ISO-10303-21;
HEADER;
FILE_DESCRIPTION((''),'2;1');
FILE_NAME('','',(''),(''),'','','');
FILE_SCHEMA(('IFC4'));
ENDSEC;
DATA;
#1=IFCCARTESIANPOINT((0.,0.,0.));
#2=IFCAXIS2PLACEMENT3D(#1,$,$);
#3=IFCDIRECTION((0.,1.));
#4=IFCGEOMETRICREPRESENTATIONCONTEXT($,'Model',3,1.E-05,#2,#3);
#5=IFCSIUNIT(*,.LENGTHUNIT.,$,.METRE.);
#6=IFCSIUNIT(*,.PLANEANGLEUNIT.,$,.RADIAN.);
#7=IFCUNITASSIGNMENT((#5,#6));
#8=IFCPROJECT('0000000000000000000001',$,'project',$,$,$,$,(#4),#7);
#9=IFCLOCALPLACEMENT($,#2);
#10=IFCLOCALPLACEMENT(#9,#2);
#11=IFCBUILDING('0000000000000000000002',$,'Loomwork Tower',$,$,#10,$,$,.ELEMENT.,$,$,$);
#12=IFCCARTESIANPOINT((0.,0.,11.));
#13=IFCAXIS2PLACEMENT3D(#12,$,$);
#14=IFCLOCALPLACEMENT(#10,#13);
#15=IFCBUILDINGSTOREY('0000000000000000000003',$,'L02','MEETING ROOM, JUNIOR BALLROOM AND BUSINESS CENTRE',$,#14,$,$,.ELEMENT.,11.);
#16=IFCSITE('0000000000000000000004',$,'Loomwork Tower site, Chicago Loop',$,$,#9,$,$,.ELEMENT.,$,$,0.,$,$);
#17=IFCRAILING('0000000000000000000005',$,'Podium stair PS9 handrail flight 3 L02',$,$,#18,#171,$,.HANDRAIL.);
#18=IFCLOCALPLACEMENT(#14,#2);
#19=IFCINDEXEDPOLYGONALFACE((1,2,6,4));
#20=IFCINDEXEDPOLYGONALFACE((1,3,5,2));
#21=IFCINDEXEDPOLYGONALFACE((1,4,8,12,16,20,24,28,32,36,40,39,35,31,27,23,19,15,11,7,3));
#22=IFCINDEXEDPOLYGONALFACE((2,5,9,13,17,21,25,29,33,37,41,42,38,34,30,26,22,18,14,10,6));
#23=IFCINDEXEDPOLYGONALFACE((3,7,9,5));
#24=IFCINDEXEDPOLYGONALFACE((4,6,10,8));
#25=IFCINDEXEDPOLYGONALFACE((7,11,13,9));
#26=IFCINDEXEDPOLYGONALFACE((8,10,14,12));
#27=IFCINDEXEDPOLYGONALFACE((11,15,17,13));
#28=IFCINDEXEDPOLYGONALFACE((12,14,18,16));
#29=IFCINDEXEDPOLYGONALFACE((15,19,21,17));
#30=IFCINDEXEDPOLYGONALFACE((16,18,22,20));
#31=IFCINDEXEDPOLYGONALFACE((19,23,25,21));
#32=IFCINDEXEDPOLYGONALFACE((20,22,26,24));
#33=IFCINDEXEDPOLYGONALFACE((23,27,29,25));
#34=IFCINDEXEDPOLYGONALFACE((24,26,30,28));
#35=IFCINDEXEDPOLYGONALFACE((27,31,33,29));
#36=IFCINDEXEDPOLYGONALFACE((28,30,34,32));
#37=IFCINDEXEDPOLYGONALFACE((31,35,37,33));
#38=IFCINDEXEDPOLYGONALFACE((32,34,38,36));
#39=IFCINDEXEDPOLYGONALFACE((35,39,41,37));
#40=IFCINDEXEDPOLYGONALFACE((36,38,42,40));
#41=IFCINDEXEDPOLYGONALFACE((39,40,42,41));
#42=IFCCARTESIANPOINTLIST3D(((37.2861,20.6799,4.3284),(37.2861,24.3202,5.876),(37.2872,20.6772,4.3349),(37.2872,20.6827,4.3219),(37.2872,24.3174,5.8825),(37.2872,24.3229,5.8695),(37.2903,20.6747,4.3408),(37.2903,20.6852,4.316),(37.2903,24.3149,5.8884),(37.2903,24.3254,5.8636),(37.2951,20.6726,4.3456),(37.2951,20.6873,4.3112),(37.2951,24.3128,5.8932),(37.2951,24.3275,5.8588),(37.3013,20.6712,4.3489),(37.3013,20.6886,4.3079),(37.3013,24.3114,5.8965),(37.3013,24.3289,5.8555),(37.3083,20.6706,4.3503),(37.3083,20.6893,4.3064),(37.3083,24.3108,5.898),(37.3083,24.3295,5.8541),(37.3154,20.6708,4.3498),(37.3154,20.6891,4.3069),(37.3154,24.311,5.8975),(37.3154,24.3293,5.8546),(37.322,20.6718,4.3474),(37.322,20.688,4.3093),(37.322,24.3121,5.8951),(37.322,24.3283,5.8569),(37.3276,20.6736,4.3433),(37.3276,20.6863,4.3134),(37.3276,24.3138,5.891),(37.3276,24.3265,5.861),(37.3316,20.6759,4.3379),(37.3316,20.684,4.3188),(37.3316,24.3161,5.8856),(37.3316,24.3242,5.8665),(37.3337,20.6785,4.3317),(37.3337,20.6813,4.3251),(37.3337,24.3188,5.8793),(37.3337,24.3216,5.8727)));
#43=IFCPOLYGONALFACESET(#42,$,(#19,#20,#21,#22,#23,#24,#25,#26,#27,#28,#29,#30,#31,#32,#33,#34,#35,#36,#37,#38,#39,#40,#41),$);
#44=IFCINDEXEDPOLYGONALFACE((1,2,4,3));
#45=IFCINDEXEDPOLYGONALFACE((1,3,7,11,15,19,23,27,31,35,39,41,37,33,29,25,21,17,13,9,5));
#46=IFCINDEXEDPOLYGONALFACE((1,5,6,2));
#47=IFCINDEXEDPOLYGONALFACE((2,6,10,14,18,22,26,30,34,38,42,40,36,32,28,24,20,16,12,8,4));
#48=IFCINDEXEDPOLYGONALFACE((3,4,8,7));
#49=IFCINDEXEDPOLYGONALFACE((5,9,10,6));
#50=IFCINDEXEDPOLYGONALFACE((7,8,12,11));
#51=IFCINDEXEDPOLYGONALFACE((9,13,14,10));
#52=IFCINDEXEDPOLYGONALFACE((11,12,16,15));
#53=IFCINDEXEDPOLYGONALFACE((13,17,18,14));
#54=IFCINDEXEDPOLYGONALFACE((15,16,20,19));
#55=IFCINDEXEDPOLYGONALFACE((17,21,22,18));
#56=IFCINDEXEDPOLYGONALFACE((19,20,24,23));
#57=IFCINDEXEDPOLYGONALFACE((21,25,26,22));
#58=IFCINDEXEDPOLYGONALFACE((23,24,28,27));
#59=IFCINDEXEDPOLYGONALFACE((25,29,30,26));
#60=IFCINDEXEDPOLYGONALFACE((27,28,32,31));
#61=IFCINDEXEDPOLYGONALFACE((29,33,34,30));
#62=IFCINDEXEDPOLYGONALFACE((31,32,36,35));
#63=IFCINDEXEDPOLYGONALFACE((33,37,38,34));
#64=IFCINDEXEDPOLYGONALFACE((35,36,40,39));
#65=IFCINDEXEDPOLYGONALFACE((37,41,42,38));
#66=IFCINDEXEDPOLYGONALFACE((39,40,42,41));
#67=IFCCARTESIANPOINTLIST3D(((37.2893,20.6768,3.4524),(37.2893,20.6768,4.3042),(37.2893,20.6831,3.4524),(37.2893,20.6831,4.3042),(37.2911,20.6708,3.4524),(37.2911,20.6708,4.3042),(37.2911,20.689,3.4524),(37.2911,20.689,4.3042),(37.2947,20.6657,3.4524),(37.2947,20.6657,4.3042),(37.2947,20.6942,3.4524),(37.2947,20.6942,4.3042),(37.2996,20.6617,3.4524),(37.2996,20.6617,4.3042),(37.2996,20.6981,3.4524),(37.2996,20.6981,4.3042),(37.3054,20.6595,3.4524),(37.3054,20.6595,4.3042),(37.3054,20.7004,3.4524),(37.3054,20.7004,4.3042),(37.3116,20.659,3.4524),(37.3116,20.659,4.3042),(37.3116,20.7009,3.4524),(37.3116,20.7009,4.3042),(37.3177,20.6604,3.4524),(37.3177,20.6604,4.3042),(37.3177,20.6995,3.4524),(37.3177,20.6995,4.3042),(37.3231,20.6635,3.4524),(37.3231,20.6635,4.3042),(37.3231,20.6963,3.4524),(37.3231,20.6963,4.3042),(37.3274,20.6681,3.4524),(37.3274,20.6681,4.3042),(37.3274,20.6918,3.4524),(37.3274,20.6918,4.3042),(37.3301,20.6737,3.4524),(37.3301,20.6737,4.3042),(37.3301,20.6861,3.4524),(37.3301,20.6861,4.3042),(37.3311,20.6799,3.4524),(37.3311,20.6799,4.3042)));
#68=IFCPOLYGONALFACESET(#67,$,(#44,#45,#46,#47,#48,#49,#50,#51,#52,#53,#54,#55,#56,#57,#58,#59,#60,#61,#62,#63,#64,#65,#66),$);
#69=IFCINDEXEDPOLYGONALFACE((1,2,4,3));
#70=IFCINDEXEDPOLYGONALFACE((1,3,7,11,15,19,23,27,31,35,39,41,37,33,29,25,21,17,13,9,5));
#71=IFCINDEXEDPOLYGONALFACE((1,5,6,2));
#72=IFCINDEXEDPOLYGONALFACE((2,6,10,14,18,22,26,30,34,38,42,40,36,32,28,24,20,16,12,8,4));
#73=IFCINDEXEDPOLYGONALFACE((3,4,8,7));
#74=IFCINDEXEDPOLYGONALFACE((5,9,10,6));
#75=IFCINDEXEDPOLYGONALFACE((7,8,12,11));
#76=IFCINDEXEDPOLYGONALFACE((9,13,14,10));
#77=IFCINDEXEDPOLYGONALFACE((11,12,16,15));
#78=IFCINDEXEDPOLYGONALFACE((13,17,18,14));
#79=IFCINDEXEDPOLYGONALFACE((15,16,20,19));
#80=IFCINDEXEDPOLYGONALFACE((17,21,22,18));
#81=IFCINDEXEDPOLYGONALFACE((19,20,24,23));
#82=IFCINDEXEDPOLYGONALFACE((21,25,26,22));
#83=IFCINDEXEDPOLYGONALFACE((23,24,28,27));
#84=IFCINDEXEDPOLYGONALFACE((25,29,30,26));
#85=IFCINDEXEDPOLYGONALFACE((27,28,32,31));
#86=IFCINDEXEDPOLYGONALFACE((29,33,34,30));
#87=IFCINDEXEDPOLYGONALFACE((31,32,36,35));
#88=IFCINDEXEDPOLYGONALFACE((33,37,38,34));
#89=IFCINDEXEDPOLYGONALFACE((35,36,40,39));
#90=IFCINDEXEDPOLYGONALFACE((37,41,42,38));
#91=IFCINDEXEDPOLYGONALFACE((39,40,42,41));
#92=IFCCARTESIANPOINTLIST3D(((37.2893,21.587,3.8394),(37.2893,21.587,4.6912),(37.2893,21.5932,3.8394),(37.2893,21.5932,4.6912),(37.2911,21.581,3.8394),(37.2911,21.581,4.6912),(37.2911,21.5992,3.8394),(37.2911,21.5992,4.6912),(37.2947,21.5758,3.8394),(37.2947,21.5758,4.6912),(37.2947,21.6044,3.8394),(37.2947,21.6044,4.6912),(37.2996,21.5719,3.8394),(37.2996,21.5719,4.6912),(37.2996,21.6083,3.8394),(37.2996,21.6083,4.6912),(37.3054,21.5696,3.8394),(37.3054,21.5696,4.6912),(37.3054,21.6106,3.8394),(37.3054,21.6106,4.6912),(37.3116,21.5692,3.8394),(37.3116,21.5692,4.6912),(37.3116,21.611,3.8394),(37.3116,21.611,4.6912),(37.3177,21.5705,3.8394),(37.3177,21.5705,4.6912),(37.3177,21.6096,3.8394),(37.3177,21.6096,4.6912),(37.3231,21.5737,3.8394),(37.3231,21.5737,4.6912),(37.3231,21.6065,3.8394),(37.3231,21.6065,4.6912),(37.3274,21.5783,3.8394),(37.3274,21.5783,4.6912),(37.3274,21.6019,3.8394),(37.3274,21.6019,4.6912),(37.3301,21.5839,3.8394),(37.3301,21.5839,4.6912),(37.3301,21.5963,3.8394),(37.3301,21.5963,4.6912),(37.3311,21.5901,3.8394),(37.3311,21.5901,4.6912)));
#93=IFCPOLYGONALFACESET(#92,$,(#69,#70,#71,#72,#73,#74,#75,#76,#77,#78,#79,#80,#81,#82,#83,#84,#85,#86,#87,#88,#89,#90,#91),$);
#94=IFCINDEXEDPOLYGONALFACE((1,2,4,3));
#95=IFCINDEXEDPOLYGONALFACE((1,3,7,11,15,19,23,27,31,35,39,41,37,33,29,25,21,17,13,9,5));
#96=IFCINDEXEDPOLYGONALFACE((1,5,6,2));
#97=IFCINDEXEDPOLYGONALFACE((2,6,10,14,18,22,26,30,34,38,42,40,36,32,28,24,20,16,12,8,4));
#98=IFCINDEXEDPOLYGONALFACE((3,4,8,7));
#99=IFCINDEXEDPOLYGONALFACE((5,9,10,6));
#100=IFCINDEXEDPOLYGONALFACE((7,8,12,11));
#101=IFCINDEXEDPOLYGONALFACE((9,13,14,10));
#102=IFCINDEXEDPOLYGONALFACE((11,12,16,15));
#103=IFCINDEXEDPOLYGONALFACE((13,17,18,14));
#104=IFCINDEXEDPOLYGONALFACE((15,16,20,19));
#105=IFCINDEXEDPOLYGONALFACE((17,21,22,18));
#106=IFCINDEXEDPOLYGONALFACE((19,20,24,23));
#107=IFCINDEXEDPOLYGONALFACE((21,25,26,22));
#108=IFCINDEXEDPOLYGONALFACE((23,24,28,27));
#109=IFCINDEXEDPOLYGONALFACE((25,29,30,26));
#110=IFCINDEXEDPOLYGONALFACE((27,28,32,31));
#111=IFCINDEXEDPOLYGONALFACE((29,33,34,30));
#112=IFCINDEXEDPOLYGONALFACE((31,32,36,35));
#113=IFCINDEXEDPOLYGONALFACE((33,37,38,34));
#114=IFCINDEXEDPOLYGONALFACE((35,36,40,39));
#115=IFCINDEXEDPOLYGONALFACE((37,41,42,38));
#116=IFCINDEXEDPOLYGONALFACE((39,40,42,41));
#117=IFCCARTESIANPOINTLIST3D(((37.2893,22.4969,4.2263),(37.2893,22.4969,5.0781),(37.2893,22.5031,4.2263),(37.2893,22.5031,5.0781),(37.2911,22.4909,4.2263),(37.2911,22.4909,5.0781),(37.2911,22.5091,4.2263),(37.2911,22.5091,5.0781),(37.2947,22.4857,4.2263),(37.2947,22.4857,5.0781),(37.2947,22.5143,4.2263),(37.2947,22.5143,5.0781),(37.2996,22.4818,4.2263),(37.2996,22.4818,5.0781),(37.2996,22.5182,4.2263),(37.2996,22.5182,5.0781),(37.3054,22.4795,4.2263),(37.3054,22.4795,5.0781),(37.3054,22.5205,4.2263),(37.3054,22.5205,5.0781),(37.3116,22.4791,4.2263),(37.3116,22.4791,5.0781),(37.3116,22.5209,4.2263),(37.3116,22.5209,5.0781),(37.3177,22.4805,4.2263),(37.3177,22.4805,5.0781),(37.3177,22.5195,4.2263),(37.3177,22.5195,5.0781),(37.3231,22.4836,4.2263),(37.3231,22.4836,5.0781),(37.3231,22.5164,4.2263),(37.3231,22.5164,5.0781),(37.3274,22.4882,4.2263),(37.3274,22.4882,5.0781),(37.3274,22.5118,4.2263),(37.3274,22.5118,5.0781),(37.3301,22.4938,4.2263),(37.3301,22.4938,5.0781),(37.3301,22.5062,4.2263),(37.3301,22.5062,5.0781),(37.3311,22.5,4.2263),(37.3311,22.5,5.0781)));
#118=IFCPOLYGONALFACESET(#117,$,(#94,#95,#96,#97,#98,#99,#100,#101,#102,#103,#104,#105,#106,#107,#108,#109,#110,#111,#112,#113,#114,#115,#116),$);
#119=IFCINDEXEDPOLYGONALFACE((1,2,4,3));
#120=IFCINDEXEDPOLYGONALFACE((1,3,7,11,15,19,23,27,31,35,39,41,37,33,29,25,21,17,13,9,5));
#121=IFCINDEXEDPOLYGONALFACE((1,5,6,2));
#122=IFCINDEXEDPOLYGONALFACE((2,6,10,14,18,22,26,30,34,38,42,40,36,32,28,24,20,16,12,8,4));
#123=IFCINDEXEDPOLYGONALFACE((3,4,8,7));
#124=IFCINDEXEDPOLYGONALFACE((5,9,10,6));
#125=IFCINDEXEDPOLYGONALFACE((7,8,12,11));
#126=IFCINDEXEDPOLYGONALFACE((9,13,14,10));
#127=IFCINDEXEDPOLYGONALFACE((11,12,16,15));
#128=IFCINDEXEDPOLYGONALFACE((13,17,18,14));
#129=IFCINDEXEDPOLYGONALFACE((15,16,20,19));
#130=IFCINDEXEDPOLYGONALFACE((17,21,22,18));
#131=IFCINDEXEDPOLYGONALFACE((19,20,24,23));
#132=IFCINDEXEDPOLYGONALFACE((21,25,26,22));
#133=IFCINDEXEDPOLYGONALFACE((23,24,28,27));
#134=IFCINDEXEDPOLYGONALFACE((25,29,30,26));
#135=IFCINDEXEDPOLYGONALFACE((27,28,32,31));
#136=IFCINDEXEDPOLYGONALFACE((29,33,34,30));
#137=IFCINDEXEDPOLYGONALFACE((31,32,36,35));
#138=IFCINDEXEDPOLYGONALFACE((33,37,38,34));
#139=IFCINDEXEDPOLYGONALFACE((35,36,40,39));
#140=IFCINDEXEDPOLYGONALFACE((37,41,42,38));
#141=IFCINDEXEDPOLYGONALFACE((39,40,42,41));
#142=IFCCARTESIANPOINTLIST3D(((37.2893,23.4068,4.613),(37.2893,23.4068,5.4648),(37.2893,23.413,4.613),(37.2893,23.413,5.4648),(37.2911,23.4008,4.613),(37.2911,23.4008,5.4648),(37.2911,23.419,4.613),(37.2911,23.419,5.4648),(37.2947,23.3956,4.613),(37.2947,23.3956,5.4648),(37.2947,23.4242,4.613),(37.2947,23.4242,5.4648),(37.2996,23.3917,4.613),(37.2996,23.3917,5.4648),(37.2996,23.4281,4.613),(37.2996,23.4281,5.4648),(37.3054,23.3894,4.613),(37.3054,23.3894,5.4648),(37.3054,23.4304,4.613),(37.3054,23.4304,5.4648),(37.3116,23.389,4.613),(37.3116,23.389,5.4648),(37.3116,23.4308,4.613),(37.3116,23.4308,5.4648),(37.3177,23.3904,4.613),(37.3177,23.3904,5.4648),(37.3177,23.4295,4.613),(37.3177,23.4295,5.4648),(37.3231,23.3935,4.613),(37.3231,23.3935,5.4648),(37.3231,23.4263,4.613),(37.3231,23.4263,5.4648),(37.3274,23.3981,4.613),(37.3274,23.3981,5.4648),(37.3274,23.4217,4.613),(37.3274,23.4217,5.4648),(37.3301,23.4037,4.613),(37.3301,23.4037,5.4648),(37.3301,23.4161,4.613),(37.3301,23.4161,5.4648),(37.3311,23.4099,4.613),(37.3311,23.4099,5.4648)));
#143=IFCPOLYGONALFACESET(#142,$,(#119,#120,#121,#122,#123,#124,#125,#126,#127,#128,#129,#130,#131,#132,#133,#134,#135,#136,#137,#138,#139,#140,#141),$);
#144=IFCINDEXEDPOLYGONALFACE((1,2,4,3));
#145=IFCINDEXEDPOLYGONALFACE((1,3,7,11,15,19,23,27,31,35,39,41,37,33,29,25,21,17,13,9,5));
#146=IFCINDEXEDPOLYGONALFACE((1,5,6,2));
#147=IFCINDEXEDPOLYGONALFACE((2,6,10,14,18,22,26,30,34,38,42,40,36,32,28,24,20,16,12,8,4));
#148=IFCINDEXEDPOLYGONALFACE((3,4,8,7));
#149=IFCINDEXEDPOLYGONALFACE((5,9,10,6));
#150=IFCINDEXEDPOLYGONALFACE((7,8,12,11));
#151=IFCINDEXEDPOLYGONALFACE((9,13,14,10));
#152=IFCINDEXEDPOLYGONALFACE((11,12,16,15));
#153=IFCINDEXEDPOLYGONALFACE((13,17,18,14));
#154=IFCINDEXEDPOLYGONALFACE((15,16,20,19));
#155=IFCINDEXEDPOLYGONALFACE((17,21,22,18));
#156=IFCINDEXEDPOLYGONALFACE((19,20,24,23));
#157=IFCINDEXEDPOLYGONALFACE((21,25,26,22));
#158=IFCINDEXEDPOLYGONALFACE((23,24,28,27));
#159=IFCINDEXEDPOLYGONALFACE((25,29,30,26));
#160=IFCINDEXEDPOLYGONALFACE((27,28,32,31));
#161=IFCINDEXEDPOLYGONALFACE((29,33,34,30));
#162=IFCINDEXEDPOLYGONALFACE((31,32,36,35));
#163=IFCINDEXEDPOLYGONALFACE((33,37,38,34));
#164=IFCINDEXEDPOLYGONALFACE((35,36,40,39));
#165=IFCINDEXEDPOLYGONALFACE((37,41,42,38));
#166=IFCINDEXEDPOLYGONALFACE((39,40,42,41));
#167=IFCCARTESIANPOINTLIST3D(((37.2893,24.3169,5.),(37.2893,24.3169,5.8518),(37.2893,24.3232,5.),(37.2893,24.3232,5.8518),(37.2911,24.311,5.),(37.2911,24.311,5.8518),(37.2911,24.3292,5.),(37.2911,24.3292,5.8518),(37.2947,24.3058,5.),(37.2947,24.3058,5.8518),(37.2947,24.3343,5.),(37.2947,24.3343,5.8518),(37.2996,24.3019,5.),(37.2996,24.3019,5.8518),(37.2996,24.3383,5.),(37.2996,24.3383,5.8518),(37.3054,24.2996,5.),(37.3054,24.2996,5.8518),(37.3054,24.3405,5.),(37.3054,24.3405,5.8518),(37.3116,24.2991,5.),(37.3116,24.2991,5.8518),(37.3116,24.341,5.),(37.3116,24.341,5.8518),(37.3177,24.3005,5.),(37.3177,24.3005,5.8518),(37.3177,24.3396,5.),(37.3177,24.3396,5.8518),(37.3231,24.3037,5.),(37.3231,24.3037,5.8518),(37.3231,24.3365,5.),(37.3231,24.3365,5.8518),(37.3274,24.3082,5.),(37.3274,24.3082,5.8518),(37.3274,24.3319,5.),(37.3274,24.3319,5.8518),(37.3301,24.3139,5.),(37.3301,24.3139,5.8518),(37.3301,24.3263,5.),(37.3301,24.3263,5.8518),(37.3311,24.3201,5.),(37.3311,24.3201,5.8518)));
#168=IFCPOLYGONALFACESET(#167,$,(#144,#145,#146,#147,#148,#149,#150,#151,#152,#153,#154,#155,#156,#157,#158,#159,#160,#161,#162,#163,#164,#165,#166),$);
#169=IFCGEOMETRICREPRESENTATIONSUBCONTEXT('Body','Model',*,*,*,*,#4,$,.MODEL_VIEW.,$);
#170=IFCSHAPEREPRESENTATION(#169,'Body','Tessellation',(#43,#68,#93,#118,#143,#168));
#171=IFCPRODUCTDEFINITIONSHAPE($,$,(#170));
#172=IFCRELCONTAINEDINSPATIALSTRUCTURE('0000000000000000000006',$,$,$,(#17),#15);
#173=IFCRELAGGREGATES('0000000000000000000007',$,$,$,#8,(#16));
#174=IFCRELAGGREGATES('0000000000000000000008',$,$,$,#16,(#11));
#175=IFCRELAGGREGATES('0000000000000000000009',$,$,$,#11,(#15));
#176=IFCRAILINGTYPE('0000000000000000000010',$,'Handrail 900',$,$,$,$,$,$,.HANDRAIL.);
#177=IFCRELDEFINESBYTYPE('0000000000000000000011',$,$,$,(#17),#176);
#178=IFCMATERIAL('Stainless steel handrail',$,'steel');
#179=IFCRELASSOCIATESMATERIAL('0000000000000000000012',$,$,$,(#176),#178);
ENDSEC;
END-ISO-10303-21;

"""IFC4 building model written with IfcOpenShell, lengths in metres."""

from ifc_helpers import new_model, si_unit, direction, frame, origin, origin_2d, place, context, subcontext, project, spatial, circle, extrude, material, type_object, element, save


model = new_model("IFC4")

# Units and contexts
model_context = context("Model", 3, precision=1e-05, world=origin(), true_north=direction((0.0, 1.0)))
body_context = subcontext(model_context, "Body", "Model", "MODEL_VIEW")
ifc_project = project(units=[si_unit("LENGTHUNIT", "METRE"), si_unit("PLANEANGLEUNIT", "RADIAN")], contexts=[model_context])

# Site, building, storey
site_placement = place(None, origin())
site = spatial("IfcSite", under=ifc_project, at=site_placement, Name="Loomwork Tower site, Chicago Loop", CompositionType="ELEMENT", RefElevation=0.0)
building_placement = place(site_placement, origin())
building = spatial("IfcBuilding", under=site, at=building_placement, Name="Loomwork Tower", CompositionType="ELEMENT")
storey_placement = place(building_placement, frame((0.0, 0.0, 11.0)))
storey = spatial("IfcBuildingStorey", under=building, at=storey_placement, Name="L02", Description="MEETING ROOM, JUNIOR BALLROOM AND BUSINESS CENTRE", CompositionType="ELEMENT", Elevation=11.0)

# Railing
ifc_material_1 = material(Name="Stainless steel handrail", Category="steel")
railing_type = type_object("IfcRailingType", Name="Handrail 900", PredefinedType="HANDRAIL", material=ifc_material_1)
railing_1_placement = place(storey_placement, frame((37.3101, 20.6799, 3.4524)))
element("IfcRailing", 1, at=railing_1_placement, inside=storey, type_object=railing_type, Name="Podium stair PS9 handrail flight 3 L02", PredefinedType="HANDRAIL", context=body_context, shape_type="SweptSolid", body=[
    extrude(circle(Radius=0.0239, at=origin_2d()), frame((0.0, 0.0, 0.876), z_axis=(0.0, 0.920281, 0.391258), x_axis=(-1.0, 0.0, 0.0)), (0.0, 0.0, 1.0), 3.9556),
    extrude(circle(Radius=0.021, at=origin_2d()), origin(), (0.0, 0.0, 1.0), 0.8518),
    extrude(circle(Radius=0.021, at=origin_2d()), frame((0.0, 0.9102, 0.387)), (0.0, 0.0, 1.0), 0.8518),
    extrude(circle(Radius=0.021, at=origin_2d()), frame((0.0, 1.8201, 0.7739)), (0.0, 0.0, 1.0), 0.8518),
    extrude(circle(Radius=0.021, at=origin_2d()), frame((0.0, 2.73, 1.1606)), (0.0, 0.0, 1.0), 0.8518),
    extrude(circle(Radius=0.021, at=origin_2d()), frame((0.0, 3.6401, 1.5476)), (0.0, 0.0, 1.0), 0.8518),
])

save(model, "model.ifc")
